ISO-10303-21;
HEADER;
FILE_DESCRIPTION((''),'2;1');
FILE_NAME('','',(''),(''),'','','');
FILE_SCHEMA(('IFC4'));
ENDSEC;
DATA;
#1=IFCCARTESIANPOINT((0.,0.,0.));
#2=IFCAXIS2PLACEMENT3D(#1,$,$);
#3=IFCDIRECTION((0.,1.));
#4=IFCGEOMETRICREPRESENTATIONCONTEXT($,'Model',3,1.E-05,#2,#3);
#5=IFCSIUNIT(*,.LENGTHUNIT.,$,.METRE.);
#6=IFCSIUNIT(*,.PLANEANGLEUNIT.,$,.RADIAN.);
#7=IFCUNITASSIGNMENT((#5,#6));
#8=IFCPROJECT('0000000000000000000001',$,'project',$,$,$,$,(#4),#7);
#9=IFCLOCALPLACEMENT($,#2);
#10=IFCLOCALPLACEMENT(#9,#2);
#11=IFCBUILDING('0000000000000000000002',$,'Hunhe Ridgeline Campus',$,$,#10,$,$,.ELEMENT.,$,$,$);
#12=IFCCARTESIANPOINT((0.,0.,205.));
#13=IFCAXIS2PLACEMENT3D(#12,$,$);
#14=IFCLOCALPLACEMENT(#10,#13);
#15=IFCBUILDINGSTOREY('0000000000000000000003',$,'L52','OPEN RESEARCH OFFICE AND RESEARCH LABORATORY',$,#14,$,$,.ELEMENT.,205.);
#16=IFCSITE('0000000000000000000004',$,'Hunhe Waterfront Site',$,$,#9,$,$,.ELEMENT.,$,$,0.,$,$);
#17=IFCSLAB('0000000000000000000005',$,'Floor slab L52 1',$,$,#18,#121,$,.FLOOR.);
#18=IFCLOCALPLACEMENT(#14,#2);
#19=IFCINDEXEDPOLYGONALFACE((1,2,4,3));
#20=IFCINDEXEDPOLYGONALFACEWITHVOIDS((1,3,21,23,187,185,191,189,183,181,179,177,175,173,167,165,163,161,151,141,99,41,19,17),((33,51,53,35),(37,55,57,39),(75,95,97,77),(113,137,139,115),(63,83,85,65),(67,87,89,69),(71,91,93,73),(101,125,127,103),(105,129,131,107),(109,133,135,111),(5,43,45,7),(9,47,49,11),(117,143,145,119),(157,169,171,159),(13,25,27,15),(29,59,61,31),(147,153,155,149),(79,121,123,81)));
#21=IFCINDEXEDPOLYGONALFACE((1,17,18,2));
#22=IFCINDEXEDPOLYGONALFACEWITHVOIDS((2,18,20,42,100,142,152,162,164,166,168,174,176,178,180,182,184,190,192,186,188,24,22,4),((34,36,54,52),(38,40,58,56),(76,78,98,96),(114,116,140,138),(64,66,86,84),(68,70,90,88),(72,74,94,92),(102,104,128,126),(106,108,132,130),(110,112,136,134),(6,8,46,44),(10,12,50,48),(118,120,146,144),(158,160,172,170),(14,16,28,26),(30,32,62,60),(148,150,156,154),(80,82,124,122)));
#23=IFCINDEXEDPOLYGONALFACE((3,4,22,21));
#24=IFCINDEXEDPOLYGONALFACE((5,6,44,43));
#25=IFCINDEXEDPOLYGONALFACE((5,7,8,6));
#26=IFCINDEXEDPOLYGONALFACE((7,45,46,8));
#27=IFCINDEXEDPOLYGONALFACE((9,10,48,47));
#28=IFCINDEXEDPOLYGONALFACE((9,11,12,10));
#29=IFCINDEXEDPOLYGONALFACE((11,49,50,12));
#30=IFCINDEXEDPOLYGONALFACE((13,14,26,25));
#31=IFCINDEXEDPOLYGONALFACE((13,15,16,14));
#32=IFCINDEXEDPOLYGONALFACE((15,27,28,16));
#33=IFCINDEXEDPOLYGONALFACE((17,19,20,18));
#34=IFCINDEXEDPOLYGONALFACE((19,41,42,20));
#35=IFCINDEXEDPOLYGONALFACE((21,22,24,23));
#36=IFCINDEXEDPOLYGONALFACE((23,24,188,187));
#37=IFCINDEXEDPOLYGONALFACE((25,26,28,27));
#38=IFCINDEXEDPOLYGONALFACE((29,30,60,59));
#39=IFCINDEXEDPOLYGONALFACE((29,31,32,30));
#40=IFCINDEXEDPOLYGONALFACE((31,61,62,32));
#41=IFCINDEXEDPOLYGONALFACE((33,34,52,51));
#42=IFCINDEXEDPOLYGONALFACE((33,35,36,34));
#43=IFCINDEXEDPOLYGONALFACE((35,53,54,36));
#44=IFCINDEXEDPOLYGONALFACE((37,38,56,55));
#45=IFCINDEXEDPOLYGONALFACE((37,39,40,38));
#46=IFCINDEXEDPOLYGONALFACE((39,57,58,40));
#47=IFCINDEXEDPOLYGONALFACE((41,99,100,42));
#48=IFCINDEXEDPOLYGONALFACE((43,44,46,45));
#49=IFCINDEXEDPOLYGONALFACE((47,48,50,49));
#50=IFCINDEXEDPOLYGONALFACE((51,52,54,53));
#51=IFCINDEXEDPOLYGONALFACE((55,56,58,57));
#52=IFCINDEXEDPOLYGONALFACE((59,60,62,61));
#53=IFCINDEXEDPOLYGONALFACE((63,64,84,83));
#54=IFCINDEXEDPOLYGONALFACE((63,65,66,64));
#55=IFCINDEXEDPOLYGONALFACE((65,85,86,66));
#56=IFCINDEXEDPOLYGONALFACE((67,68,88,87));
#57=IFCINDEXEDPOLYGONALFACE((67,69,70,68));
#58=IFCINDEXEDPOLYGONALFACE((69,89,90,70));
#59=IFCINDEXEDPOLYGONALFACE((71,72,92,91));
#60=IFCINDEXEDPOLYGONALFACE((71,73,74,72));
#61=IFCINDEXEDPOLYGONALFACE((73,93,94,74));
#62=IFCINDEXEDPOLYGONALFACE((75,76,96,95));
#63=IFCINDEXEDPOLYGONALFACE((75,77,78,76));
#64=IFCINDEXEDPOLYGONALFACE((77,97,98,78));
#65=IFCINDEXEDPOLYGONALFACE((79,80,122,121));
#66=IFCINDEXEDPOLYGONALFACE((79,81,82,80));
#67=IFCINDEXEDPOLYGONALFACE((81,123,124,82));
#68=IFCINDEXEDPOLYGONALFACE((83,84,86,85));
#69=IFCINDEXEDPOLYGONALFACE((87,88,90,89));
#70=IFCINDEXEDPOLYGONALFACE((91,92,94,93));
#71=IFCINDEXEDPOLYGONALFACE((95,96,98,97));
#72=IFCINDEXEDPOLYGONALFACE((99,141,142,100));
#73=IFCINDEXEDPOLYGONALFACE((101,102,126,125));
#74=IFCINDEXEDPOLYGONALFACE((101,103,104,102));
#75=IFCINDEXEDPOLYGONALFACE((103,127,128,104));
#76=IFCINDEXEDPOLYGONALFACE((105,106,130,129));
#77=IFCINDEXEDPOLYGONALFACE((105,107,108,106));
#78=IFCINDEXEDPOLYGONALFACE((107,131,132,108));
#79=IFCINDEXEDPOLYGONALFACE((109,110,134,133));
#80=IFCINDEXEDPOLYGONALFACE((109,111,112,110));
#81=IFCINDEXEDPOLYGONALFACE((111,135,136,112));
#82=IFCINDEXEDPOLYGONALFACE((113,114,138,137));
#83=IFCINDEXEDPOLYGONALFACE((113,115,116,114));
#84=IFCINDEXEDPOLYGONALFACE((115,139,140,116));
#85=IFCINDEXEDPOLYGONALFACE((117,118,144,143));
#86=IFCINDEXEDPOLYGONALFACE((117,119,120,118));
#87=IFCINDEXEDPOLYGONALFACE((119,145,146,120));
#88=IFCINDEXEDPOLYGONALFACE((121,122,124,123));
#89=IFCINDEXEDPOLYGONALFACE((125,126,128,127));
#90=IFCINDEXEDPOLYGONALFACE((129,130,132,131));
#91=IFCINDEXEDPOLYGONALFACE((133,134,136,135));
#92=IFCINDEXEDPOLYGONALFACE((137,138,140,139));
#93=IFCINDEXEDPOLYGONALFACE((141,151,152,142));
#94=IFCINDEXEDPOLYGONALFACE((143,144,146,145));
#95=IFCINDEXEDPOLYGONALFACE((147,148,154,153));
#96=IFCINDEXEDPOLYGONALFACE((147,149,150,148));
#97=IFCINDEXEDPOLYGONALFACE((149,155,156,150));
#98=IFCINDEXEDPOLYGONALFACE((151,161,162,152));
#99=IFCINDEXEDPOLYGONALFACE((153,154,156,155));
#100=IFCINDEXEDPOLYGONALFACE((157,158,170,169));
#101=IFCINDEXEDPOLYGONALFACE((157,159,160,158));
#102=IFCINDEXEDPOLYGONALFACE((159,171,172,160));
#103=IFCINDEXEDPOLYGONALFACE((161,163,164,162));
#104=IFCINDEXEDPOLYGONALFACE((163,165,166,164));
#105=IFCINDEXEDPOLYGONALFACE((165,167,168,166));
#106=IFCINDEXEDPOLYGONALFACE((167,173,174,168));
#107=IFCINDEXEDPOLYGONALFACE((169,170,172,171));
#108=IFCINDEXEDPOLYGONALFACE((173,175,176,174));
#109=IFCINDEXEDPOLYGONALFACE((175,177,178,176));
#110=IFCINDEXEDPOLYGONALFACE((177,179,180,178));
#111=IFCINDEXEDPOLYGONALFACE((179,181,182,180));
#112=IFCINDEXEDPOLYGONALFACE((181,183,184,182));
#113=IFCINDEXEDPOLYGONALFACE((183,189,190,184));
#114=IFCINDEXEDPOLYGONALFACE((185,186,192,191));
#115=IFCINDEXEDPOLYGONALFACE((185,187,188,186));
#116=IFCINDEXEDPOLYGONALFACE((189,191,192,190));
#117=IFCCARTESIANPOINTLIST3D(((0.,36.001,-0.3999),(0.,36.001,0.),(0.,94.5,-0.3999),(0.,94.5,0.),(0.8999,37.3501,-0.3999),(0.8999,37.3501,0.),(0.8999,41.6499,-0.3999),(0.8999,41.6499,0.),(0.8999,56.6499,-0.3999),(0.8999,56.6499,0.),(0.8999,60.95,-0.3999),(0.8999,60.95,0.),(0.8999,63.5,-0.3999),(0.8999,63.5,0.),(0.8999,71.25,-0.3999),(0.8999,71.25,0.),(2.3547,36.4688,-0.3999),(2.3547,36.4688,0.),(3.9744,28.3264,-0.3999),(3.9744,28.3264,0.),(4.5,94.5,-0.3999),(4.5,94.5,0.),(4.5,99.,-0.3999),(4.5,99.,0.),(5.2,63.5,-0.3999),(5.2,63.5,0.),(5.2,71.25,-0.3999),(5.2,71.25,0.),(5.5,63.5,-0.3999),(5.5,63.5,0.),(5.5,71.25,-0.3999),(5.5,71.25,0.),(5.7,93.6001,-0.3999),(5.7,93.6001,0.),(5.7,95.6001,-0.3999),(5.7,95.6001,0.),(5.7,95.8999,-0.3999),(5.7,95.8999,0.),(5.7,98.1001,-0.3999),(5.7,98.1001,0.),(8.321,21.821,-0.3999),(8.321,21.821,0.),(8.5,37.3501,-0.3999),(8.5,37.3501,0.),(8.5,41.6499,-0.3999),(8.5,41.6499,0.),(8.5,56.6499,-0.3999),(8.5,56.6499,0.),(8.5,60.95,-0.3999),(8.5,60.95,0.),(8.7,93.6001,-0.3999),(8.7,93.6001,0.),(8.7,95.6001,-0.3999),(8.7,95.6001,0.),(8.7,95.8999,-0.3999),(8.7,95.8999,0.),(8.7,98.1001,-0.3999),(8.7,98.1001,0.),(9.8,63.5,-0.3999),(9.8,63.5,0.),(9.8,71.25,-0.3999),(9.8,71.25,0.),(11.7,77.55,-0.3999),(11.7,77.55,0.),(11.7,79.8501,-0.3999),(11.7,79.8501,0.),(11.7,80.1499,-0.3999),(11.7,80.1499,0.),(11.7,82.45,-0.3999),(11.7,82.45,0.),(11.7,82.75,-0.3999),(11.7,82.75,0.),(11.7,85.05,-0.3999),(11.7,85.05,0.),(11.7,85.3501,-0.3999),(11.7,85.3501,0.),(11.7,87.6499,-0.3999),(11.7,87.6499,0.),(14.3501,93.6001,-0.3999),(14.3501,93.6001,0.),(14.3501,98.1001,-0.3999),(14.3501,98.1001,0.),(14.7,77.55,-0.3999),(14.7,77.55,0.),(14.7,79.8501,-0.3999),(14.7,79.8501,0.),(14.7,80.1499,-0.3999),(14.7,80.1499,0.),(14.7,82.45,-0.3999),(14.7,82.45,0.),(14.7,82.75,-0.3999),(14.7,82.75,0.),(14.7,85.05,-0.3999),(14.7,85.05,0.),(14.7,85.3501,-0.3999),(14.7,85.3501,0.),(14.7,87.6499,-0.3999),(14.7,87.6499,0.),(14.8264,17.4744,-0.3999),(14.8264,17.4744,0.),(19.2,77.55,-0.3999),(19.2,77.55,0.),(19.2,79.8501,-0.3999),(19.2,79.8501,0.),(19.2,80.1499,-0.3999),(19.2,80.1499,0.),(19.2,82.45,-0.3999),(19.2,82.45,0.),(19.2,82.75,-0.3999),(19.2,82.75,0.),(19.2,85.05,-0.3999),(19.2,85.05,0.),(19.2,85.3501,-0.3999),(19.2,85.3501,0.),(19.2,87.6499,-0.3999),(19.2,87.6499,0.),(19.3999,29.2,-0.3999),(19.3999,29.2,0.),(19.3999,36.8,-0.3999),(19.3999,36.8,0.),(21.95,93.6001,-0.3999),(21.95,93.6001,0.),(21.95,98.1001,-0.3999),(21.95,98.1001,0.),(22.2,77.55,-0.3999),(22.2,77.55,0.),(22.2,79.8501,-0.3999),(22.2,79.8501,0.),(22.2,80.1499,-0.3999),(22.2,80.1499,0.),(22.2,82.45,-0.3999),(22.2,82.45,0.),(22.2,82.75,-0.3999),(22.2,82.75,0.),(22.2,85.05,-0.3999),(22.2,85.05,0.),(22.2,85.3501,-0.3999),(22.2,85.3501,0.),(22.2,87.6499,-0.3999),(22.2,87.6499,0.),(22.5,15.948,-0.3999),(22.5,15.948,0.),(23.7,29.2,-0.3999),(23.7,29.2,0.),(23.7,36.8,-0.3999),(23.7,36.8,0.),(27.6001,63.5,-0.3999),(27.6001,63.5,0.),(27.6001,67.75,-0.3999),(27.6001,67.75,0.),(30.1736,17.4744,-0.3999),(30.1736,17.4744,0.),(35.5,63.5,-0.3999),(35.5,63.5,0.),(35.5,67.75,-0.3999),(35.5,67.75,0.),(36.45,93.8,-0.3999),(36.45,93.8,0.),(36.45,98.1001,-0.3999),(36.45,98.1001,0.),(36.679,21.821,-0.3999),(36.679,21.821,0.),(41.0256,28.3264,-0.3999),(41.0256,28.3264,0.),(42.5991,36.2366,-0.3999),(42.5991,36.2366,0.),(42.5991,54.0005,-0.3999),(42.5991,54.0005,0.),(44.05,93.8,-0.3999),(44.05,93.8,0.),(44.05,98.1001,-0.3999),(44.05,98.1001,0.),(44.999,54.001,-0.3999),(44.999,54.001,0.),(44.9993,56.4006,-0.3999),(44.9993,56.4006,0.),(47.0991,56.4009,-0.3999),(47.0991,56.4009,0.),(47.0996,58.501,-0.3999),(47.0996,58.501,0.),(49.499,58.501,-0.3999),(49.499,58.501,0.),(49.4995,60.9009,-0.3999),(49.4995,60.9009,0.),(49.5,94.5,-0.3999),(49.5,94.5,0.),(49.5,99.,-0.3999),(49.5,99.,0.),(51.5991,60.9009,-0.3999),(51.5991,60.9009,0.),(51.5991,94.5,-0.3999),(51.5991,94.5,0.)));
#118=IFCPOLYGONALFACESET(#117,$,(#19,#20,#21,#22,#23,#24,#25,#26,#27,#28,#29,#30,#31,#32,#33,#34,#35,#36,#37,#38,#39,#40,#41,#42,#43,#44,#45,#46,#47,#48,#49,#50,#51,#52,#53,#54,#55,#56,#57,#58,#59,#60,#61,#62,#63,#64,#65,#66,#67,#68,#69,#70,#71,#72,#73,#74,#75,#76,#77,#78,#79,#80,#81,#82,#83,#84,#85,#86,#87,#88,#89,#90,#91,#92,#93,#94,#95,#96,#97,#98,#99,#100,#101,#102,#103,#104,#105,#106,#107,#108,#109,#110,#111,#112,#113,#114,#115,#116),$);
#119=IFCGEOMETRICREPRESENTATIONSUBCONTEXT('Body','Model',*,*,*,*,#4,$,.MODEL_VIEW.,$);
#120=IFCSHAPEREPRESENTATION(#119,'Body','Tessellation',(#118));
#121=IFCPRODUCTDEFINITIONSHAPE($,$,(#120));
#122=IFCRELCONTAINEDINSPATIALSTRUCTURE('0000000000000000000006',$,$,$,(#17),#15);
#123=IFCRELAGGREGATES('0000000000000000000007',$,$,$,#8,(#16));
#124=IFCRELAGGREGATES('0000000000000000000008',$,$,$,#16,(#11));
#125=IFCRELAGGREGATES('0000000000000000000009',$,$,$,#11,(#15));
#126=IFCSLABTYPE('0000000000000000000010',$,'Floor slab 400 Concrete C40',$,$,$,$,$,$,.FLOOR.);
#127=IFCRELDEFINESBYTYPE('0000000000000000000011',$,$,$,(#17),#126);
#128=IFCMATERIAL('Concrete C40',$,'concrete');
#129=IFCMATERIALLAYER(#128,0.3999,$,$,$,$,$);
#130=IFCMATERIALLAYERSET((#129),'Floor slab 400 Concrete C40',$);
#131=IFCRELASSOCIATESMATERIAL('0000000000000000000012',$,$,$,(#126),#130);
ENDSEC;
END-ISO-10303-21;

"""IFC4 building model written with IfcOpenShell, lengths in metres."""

from ifc_helpers import new_model, si_unit, direction, frame, origin, place, context, subcontext, project, spatial, polyline, outline, extrude, material, layer, layer_set, type_object, element, save


model = new_model("IFC4")

# Units and contexts
model_context = context("Model", 3, precision=1e-05, world=origin(), true_north=direction((0.0, 1.0)))
body_context = subcontext(model_context, "Body", "Model", "MODEL_VIEW")
ifc_project = project(units=[si_unit("LENGTHUNIT", "METRE"), si_unit("PLANEANGLEUNIT", "RADIAN")], contexts=[model_context])

# Site, building, storey
site_placement = place(None, origin())
site = spatial("IfcSite", under=ifc_project, at=site_placement, Name="Hunhe Waterfront Site", CompositionType="ELEMENT", RefElevation=0.0)
building_placement = place(site_placement, origin())
building = spatial("IfcBuilding", under=site, at=building_placement, Name="Hunhe Ridgeline Campus", CompositionType="ELEMENT")
storey_placement = place(building_placement, frame((0.0, 0.0, 205.0)))
storey = spatial("IfcBuildingStorey", under=building, at=storey_placement, Name="L52", Description="OPEN RESEARCH OFFICE AND RESEARCH LABORATORY", CompositionType="ELEMENT", Elevation=205.0)

# Slab
ifc_material_1 = material(Name="Concrete C40", Category="concrete")
ifc_layer_1 = layer(ifc_material_1, 0.3999)
ifc_layer_set_1 = layer_set([ifc_layer_1], Name="Floor slab 400 Concrete C40")
slab_type_1 = type_object("IfcSlabType", Name="Floor slab 400 Concrete C40", PredefinedType="FLOOR", material=ifc_layer_set_1)
slab_1_placement = place(storey_placement, frame((0.0, 0.0, -0.3999)))
element("IfcSlab", 1, at=slab_1_placement, inside=storey, type_object=slab_type_1, Name="Floor slab L52 1", PredefinedType="FLOOR", context=body_context, shape_type="SweptSolid", body=[
    extrude(outline(polyline([(30.1736, 17.4744), (36.679, 21.821), (41.0256, 28.3264), (42.5991, 36.2366), (42.5991, 54.0005), (44.999, 54.001), (44.9993, 56.4006), (47.0991, 56.4009), (47.0996, 58.501), (49.499, 58.501), (49.4995, 60.9009), (51.5991, 60.9009), (51.5991, 94.5), (49.5, 94.5), (49.5, 99.0), (4.5, 99.0), (4.5, 94.5), (0.0, 94.5), (0.0, 36.001), (2.3547, 36.4688), (3.9744, 28.3264), (8.321, 21.821), (14.8264, 17.4744), (22.5, 15.948), (30.1736, 17.4744)]), holes=[polyline([(36.45, 93.8), (44.05, 93.8), (44.05, 98.1001), (36.45, 98.1001), (36.45, 93.8)]), polyline([(35.5, 63.5), (35.5, 67.75), (27.6001, 67.75), (27.6001, 63.5), (35.5, 63.5)]), polyline([(19.3999, 29.2), (23.7, 29.2), (23.7, 36.8), (19.3999, 36.8), (19.3999, 29.2)]), polyline([(22.2, 80.1499), (22.2, 82.45), (19.2, 82.45), (19.2, 80.1499), (22.2, 80.1499)]), polyline([(22.2, 79.8501), (19.2, 79.8501), (19.2, 77.55), (22.2, 77.55), (22.2, 79.8501)]), polyline([(19.2, 87.6499), (19.2, 85.3501), (22.2, 85.3501), (22.2, 87.6499), (19.2, 87.6499)]), polyline([(19.2, 82.75), (22.2, 82.75), (22.2, 85.05), (19.2, 85.05), (19.2, 82.75)]), polyline([(14.3501, 93.6001), (21.95, 93.6001), (21.95, 98.1001), (14.3501, 98.1001), (14.3501, 93.6001)]), polyline([(14.7, 79.8501), (11.7, 79.8501), (11.7, 77.55), (14.7, 77.55), (14.7, 79.8501)]), polyline([(14.7, 80.1499), (14.7, 82.45), (11.7, 82.45), (11.7, 80.1499), (14.7, 80.1499)]), polyline([(11.7, 87.6499), (11.7, 85.3501), (14.7, 85.3501), (14.7, 87.6499), (11.7, 87.6499)]), polyline([(11.7, 82.75), (14.7, 82.75), (14.7, 85.05), (11.7, 85.05), (11.7, 82.75)]), polyline([(9.8, 71.25), (5.5, 71.25), (5.5, 63.5), (9.8, 63.5), (9.8, 71.25)]), polyline([(8.7, 95.8999), (8.7, 98.1001), (5.7, 98.1001), (5.7, 95.8999), (8.7, 95.8999)]), polyline([(8.7, 95.6001), (5.7, 95.6001), (5.7, 93.6001), (8.7, 93.6001), (8.7, 95.6001)]), polyline([(0.8999, 37.3501), (8.5, 37.3501), (8.5, 41.6499), (0.8999, 41.6499), (0.8999, 37.3501)]), polyline([(0.8999, 60.95), (0.8999, 56.6499), (8.5, 56.6499), (8.5, 60.95), (0.8999, 60.95)]), polyline([(0.8999, 71.25), (0.8999, 63.5), (5.2, 63.5), (5.2, 71.25), (0.8999, 71.25)])]), origin(), (0.0, 0.0, 1.0), 0.3999),
])

save(model, "model.ifc")
